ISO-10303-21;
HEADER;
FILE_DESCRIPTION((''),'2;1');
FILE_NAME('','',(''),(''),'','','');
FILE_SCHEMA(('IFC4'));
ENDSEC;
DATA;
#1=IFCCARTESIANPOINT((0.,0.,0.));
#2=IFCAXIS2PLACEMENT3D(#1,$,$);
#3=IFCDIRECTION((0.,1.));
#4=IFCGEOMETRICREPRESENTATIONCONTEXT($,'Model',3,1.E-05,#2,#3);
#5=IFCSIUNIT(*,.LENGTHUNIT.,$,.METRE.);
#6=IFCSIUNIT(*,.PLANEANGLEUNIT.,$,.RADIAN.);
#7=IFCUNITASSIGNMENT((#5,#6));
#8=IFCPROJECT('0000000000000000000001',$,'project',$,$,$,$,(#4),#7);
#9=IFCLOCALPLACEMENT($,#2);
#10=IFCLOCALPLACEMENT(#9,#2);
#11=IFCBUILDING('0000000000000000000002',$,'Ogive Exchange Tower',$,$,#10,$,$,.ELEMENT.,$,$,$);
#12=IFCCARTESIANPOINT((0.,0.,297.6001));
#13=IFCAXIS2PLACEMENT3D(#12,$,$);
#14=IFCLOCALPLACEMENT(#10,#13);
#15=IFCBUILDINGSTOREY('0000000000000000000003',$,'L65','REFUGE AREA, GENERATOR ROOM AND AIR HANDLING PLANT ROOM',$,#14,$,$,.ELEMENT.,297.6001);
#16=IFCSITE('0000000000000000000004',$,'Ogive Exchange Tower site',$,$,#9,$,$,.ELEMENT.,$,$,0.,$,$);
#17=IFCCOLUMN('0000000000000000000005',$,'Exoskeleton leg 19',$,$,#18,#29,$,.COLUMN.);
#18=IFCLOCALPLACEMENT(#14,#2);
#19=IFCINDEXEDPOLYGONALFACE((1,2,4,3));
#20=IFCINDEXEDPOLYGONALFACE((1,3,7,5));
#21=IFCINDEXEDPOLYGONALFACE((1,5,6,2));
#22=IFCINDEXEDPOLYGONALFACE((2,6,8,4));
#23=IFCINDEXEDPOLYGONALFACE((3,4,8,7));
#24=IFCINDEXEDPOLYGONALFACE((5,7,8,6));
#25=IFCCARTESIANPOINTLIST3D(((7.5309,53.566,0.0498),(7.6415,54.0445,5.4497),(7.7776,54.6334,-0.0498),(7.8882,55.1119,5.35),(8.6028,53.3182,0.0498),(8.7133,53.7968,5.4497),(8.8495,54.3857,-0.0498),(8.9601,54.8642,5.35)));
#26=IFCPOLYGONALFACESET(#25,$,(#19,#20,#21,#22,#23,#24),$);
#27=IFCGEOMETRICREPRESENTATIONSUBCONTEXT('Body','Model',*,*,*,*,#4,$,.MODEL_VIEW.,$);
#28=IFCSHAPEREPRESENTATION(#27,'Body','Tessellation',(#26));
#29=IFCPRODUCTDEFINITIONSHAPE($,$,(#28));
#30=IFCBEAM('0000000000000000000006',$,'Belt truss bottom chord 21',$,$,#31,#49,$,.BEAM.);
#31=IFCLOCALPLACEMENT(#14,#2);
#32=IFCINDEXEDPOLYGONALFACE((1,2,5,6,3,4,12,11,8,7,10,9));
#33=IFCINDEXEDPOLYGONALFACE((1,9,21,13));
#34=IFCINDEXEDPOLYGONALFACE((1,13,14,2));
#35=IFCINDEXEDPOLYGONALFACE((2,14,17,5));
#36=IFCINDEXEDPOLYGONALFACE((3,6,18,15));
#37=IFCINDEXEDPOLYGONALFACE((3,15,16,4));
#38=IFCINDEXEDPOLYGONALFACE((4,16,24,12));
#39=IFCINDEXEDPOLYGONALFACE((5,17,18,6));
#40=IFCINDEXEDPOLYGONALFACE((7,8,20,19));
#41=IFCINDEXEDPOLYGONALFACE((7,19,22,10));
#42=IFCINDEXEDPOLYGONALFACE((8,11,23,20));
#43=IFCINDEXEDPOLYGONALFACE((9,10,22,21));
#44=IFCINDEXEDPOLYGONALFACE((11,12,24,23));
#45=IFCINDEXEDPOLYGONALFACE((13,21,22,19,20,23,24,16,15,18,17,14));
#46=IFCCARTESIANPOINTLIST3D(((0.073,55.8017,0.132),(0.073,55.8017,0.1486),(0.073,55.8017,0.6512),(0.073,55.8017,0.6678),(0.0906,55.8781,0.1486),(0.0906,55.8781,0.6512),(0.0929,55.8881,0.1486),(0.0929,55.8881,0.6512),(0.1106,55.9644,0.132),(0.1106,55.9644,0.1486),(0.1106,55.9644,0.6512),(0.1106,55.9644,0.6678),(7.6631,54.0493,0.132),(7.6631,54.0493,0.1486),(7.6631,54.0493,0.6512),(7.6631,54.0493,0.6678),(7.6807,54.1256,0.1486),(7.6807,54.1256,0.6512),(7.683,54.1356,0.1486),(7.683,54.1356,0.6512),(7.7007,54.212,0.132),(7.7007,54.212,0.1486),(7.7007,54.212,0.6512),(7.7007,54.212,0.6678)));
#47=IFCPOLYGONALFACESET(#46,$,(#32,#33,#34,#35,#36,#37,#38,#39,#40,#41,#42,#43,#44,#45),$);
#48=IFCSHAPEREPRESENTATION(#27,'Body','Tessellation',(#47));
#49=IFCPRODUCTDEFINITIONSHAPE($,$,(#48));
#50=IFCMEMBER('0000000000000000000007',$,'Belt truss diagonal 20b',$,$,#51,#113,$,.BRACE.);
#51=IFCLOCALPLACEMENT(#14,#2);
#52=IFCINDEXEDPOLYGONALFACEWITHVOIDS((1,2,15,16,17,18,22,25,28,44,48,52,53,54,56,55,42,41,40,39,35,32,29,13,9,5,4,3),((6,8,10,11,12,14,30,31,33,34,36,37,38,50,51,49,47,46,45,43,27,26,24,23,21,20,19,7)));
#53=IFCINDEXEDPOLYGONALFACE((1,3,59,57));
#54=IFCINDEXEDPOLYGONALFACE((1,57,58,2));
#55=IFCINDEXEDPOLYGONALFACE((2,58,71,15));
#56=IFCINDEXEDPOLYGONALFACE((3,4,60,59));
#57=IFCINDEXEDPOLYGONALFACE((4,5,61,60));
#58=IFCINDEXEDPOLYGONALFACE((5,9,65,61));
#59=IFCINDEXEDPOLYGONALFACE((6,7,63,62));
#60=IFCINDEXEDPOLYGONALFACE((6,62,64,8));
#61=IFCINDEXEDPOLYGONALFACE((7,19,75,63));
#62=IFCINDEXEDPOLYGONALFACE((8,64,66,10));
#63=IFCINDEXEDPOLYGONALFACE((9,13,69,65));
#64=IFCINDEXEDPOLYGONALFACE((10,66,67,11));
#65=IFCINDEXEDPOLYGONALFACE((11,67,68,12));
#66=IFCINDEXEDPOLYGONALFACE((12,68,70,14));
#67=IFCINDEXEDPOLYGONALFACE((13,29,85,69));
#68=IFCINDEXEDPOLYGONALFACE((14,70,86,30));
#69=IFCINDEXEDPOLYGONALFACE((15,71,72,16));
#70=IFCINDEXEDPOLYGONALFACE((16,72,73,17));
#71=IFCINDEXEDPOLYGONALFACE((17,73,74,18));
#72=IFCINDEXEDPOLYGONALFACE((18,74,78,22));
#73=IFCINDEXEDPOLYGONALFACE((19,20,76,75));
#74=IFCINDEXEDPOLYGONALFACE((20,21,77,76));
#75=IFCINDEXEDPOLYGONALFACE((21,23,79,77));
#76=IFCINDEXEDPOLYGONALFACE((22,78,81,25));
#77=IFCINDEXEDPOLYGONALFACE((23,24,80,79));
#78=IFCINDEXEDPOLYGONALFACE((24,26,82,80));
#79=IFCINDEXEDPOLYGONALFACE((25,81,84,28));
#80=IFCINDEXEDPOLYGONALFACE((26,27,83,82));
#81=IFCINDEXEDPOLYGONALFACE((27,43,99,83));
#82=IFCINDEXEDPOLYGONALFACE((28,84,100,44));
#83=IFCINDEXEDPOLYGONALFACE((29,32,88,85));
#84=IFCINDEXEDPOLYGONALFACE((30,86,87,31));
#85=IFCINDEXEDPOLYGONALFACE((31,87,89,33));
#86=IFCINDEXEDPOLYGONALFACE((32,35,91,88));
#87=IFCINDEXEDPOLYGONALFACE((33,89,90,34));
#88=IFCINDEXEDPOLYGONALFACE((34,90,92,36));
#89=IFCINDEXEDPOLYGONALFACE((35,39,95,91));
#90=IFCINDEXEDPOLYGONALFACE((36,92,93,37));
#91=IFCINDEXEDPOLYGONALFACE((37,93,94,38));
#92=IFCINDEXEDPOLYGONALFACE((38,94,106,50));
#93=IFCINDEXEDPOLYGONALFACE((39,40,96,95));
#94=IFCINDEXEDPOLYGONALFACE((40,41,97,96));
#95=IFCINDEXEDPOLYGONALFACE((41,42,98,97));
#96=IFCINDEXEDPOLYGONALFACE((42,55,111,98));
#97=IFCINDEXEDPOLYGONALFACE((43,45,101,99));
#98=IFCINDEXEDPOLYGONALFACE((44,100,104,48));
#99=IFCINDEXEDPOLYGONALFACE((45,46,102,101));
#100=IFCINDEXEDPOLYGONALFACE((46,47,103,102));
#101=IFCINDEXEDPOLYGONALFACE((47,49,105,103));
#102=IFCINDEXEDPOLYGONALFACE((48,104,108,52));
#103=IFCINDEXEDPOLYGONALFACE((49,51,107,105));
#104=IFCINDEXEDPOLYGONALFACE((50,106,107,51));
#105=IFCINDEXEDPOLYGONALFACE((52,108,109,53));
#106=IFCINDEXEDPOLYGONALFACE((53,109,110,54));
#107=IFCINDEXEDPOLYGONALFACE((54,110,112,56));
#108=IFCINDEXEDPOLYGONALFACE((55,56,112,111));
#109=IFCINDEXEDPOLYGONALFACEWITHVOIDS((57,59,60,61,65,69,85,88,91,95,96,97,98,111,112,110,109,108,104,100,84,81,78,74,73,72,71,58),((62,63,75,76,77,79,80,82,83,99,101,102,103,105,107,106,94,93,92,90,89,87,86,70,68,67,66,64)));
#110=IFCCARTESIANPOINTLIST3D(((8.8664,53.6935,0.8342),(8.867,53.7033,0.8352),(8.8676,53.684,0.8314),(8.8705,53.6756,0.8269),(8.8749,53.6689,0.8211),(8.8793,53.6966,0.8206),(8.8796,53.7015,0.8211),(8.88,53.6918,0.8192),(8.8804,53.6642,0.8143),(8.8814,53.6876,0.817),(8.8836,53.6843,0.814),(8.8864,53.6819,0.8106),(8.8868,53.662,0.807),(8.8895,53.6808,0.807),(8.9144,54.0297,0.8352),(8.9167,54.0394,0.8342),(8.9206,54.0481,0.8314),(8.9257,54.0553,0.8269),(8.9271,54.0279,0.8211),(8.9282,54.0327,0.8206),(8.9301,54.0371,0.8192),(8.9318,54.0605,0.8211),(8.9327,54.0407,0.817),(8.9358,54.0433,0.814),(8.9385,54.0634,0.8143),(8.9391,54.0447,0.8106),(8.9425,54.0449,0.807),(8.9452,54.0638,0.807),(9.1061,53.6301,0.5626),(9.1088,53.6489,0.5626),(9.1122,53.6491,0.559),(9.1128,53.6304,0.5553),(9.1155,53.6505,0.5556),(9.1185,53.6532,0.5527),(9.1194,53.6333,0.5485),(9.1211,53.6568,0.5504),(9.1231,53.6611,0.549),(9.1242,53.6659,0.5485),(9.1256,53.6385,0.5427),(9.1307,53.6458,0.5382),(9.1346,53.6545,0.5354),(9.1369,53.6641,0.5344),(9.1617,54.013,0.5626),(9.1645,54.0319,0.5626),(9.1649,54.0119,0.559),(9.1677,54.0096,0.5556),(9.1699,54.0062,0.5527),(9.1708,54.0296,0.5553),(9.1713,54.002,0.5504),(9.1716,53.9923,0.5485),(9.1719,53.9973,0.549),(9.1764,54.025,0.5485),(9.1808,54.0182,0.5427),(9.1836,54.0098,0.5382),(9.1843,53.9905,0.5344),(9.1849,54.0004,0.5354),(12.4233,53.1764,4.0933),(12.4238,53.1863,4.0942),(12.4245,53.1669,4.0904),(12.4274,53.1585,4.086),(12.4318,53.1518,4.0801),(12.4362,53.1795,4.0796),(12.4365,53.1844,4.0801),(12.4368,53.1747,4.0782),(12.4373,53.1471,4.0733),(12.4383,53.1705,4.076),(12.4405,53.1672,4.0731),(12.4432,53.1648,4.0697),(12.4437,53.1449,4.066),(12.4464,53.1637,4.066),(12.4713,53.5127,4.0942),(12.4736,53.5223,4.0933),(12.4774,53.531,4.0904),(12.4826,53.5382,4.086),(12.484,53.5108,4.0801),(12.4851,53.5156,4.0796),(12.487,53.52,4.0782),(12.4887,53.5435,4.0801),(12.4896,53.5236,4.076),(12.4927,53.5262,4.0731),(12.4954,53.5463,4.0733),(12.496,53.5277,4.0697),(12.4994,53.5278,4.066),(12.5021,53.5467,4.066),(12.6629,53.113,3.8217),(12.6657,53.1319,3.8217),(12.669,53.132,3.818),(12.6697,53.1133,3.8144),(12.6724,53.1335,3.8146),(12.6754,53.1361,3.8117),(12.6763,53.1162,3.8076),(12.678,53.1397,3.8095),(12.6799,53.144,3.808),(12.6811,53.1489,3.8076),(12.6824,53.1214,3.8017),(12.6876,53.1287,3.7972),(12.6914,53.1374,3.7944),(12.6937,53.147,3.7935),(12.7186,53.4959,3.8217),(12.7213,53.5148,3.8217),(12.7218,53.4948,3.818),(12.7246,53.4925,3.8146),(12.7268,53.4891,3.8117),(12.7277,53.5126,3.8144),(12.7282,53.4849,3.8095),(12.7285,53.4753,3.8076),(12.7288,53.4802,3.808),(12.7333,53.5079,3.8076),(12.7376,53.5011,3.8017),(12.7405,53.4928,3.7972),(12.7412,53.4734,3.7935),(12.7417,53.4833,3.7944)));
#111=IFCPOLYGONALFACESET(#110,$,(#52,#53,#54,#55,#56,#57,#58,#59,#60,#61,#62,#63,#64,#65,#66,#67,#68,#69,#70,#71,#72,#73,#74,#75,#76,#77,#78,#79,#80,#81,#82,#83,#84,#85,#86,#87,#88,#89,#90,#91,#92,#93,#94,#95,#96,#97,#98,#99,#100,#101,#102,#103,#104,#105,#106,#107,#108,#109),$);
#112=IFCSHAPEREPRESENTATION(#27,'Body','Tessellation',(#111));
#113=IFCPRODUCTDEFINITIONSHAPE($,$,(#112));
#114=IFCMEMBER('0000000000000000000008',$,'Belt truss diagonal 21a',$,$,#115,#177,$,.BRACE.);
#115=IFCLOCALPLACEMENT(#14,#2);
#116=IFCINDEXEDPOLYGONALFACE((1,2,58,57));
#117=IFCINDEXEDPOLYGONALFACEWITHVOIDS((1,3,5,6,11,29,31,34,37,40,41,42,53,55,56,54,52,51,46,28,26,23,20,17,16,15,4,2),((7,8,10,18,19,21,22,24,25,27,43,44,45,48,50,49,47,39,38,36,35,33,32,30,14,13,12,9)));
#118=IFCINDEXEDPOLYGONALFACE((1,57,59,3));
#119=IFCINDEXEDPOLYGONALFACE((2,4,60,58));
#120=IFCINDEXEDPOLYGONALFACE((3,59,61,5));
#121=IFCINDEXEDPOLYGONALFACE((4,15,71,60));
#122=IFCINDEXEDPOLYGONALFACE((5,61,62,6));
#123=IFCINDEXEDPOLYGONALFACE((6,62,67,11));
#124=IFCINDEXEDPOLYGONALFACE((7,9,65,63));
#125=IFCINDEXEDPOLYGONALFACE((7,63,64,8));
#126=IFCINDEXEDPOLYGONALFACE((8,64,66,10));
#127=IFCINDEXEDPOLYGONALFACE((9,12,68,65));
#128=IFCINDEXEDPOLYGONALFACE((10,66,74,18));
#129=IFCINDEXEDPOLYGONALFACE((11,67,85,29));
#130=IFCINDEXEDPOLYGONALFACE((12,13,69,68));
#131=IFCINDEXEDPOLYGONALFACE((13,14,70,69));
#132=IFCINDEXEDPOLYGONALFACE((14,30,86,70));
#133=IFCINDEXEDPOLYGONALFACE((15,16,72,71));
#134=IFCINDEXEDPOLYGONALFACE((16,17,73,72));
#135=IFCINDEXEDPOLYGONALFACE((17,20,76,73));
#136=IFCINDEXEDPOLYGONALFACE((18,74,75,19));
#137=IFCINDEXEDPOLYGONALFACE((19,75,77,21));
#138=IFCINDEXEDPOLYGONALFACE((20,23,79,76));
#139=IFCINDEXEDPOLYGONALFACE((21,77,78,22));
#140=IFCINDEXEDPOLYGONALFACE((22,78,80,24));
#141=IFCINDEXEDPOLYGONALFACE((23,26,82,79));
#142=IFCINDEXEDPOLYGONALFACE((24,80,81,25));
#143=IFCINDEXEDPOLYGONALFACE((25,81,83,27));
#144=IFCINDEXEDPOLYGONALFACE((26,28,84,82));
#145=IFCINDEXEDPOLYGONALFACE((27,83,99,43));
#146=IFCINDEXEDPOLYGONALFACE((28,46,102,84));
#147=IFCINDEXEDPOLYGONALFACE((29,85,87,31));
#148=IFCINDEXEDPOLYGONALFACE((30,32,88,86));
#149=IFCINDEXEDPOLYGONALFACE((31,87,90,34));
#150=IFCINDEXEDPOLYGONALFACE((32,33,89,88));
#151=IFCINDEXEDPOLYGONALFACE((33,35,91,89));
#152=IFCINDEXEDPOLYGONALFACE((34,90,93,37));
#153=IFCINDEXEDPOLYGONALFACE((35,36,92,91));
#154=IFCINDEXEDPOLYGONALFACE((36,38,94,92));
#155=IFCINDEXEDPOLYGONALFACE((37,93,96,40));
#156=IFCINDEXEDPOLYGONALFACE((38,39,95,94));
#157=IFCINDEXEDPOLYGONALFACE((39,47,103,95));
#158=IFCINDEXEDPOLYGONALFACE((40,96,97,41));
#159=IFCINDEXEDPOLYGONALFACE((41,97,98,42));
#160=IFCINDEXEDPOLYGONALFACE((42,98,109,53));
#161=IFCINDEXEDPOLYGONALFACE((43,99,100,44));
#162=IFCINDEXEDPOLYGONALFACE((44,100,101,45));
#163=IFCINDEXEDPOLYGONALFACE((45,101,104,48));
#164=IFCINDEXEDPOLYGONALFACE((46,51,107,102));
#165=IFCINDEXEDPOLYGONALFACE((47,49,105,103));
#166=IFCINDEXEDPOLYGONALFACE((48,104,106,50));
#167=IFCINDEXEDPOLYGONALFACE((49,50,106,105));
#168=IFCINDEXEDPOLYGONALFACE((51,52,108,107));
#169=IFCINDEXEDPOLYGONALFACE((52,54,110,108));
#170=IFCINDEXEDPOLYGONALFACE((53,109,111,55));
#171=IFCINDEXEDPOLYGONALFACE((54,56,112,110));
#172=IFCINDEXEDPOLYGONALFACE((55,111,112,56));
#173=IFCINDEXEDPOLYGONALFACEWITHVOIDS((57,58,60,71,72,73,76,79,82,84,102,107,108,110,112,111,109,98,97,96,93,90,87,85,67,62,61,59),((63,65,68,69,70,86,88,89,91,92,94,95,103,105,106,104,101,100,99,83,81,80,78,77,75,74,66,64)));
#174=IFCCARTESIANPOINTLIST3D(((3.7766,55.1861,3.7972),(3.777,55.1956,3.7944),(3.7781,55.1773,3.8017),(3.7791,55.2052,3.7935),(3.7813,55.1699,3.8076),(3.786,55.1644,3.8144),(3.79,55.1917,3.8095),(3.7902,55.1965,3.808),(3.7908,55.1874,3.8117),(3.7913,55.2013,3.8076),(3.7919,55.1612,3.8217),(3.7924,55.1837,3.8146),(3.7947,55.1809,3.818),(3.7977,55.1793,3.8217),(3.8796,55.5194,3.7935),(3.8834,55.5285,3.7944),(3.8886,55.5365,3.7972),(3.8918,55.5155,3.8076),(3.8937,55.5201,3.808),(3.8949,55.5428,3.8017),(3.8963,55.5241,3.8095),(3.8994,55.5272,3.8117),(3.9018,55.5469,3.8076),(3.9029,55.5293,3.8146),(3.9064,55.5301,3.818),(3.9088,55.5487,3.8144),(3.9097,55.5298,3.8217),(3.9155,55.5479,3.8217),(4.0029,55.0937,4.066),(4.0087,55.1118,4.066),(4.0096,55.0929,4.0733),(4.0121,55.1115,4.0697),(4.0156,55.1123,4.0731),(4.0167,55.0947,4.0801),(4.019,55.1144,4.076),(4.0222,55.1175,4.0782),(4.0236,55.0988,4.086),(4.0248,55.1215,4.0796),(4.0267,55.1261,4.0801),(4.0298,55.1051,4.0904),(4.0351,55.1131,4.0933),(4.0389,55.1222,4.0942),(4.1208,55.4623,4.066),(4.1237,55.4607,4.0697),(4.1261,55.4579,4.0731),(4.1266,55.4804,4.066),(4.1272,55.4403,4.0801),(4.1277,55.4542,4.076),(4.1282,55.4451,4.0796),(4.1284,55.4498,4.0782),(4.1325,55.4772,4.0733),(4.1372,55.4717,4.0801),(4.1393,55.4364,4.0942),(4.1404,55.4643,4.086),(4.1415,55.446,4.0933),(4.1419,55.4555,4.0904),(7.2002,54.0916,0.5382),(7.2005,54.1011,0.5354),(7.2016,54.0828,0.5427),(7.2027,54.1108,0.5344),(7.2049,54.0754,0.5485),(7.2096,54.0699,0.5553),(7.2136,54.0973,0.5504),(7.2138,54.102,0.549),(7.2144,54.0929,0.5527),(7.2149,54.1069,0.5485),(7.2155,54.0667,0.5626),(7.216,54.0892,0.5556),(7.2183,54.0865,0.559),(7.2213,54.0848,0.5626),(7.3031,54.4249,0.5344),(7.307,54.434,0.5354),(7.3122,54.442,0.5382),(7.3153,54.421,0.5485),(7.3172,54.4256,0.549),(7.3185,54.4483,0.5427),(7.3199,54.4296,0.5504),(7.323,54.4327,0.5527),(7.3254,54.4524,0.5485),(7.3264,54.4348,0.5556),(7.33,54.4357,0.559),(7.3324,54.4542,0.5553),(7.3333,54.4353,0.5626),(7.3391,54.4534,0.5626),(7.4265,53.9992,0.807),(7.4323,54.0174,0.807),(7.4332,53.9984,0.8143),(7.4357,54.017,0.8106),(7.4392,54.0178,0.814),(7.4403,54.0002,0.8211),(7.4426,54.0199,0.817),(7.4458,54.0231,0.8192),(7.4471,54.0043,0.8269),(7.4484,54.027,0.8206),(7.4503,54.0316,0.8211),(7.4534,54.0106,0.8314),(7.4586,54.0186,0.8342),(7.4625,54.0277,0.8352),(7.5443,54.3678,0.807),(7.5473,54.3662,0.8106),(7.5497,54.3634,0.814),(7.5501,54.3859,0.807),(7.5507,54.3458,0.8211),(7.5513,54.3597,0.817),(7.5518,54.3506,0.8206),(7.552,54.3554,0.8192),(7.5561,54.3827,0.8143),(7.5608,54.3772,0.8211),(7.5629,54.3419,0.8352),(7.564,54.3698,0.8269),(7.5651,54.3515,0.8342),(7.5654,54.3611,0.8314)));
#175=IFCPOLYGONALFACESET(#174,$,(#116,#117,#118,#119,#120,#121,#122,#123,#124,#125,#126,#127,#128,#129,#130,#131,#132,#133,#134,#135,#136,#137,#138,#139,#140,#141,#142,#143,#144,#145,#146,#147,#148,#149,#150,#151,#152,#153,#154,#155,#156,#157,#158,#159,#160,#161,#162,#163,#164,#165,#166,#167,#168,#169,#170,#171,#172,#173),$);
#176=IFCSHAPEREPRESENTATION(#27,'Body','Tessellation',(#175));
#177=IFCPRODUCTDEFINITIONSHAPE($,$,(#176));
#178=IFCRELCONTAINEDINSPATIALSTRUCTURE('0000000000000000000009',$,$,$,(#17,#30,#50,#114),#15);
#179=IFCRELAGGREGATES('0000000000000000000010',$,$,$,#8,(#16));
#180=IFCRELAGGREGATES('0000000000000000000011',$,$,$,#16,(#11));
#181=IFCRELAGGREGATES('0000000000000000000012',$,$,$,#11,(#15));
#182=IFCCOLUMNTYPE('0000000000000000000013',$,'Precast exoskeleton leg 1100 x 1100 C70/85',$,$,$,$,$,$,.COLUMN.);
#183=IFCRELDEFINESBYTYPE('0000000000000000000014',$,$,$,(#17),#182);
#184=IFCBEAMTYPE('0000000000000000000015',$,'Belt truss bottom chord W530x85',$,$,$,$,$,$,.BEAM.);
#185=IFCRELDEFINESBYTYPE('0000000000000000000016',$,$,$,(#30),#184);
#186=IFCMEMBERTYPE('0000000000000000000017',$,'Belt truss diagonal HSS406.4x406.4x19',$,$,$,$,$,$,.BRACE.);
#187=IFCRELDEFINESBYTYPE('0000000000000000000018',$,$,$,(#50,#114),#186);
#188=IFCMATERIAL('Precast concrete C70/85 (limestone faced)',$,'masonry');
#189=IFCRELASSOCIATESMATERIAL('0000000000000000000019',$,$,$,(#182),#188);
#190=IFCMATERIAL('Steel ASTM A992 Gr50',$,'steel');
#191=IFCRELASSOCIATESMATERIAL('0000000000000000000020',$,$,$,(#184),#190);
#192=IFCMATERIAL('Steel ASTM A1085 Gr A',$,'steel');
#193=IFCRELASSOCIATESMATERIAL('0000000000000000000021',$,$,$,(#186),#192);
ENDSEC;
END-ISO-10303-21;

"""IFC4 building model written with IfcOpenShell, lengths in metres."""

from ifc_helpers import new_model, si_unit, direction, frame, origin, origin_2d, place, context, subcontext, project, spatial, rectangle, hollow_rectangle, i_section, extrude, material, material_profile, profile_set, type_object, element, save


model = new_model("IFC4")

# Units and contexts
model_context = context("Model", 3, precision=1e-05, world=origin(), true_north=direction((0.0, 1.0)))
body_context = subcontext(model_context, "Body", "Model", "MODEL_VIEW")
ifc_project = project(units=[si_unit("LENGTHUNIT", "METRE"), si_unit("PLANEANGLEUNIT", "RADIAN")], contexts=[model_context])

# Site, building, storey
site_placement = place(None, origin())
site = spatial("IfcSite", under=ifc_project, at=site_placement, Name="Ogive Exchange Tower site", CompositionType="ELEMENT", RefElevation=0.0)
building_placement = place(site_placement, origin())
building = spatial("IfcBuilding", under=site, at=building_placement, Name="Ogive Exchange Tower", CompositionType="ELEMENT")
storey_placement = place(building_placement, frame((0.0, 0.0, 297.6001)))
storey = spatial("IfcBuildingStorey", under=building, at=storey_placement, Name="L65", Description="REFUGE AREA, GENERATOR ROOM AND AIR HANDLING PLANT ROOM", CompositionType="ELEMENT", Elevation=297.6001)

# Column
ifc_material_1 = material(Name="Precast concrete C70/85 (limestone faced)", Category="masonry")
ifc_material_profile_1 = material_profile(ifc_material_1, rectangle(XDim=1.1001, YDim=1.1001, at=origin_2d()), Name="1100 x 1100")
ifc_profile_set_1 = profile_set([ifc_material_profile_1], Name="Precast concrete C70/85 (limestone faced)")
column_type = type_object("IfcColumnType", Name="Precast exoskeleton leg 1100 x 1100 C70/85", PredefinedType="COLUMN", material=ifc_profile_set_1)
column_placement = place(storey_placement, frame((8.1902, 53.9758, 0.0), z_axis=(0.020397, 0.088251, 0.995889), x_axis=(-0.974316, 0.225186, 0.0)))
element("IfcColumn", 1, at=column_placement, inside=storey, type_object=column_type, Name="Exoskeleton leg 19", PredefinedType="COLUMN", context=body_context, shape_type="SweptSolid", body=[
    extrude(rectangle(XDim=1.1001, YDim=1.1001, at=origin_2d()), origin(), (0.0, 0.0, 1.0), 5.4221),
])

# Beam
ifc_material_2 = material(Name="Steel ASTM A992 Gr50", Category="steel")
ifc_material_profile_2 = material_profile(ifc_material_2, i_section(OverallWidth=0.167, OverallDepth=0.5359, WebThickness=0.0103, FlangeThickness=0.0166, at=origin_2d()), Name="W530x85")
ifc_profile_set_2 = profile_set([ifc_material_profile_2], Name="Steel ASTM A992 Gr50")
beam_type_1 = type_object("IfcBeamType", Name="Belt truss bottom chord W530x85", PredefinedType="BEAM", material=ifc_profile_set_2)
beam_1_placement = place(storey_placement, frame((7.6819, 54.1306, 0.3999), z_axis=(-0.974366, 0.224967, 0.0), x_axis=(-0.224967, -0.974366, 0.0)))
element("IfcBeam", 2, at=beam_1_placement, inside=storey, type_object=beam_type_1, Name="Belt truss bottom chord 21", PredefinedType="BEAM", context=body_context, shape_type="SweptSolid", body=[
    extrude(i_section(OverallWidth=0.167, OverallDepth=0.5359, WebThickness=0.0103, FlangeThickness=0.0166, at=origin_2d()), origin(), (0.0, 0.0, 1.0), 7.7898),
])

# Members
ifc_material_3 = material(Name="Steel ASTM A1085 Gr A", Category="steel")
ifc_material_profile_3 = material_profile(ifc_material_3, hollow_rectangle(XDim=0.406, YDim=0.406, WallThickness=0.019, InnerFilletRadius=0.019, OuterFilletRadius=0.0381, at=origin_2d()), Name="HSS406.4x406.4x19")
ifc_profile_set_3 = profile_set([ifc_material_profile_3], Name="Steel ASTM A1085 Gr A")
member_type_1 = type_object("IfcMemberType", Name="Belt truss diagonal HSS406.4x406.4x19", PredefinedType="BRACE", material=ifc_profile_set_3)
for number, where, z_axis, x_axis, name in (
    (3, (9.0256, 53.8469, 0.6848), (0.733104, -0.106577, 0.671714), (0.143865, 0.989597, 0.0), "Belt truss diagonal 20b"),
    (4, (7.3828, 54.2263, 0.6848), (-0.705629, 0.225582, 0.671714), (-0.304507, -0.95251, 0.0), "Belt truss diagonal 21a"),
):
    element("IfcMember", number, at=place(storey_placement, frame(where, z_axis=z_axis, x_axis=x_axis)), inside=storey, type_object=member_type_1, Name=name, PredefinedType="BRACE", context=body_context, shape_type="SweptSolid", body=[
        extrude(hollow_rectangle(XDim=0.406, YDim=0.406, WallThickness=0.019, InnerFilletRadius=0.019, OuterFilletRadius=0.0381, at=origin_2d()), origin(), (0.0, 0.0, 1.0), 4.8518),
    ])

save(model, "model.ifc")
